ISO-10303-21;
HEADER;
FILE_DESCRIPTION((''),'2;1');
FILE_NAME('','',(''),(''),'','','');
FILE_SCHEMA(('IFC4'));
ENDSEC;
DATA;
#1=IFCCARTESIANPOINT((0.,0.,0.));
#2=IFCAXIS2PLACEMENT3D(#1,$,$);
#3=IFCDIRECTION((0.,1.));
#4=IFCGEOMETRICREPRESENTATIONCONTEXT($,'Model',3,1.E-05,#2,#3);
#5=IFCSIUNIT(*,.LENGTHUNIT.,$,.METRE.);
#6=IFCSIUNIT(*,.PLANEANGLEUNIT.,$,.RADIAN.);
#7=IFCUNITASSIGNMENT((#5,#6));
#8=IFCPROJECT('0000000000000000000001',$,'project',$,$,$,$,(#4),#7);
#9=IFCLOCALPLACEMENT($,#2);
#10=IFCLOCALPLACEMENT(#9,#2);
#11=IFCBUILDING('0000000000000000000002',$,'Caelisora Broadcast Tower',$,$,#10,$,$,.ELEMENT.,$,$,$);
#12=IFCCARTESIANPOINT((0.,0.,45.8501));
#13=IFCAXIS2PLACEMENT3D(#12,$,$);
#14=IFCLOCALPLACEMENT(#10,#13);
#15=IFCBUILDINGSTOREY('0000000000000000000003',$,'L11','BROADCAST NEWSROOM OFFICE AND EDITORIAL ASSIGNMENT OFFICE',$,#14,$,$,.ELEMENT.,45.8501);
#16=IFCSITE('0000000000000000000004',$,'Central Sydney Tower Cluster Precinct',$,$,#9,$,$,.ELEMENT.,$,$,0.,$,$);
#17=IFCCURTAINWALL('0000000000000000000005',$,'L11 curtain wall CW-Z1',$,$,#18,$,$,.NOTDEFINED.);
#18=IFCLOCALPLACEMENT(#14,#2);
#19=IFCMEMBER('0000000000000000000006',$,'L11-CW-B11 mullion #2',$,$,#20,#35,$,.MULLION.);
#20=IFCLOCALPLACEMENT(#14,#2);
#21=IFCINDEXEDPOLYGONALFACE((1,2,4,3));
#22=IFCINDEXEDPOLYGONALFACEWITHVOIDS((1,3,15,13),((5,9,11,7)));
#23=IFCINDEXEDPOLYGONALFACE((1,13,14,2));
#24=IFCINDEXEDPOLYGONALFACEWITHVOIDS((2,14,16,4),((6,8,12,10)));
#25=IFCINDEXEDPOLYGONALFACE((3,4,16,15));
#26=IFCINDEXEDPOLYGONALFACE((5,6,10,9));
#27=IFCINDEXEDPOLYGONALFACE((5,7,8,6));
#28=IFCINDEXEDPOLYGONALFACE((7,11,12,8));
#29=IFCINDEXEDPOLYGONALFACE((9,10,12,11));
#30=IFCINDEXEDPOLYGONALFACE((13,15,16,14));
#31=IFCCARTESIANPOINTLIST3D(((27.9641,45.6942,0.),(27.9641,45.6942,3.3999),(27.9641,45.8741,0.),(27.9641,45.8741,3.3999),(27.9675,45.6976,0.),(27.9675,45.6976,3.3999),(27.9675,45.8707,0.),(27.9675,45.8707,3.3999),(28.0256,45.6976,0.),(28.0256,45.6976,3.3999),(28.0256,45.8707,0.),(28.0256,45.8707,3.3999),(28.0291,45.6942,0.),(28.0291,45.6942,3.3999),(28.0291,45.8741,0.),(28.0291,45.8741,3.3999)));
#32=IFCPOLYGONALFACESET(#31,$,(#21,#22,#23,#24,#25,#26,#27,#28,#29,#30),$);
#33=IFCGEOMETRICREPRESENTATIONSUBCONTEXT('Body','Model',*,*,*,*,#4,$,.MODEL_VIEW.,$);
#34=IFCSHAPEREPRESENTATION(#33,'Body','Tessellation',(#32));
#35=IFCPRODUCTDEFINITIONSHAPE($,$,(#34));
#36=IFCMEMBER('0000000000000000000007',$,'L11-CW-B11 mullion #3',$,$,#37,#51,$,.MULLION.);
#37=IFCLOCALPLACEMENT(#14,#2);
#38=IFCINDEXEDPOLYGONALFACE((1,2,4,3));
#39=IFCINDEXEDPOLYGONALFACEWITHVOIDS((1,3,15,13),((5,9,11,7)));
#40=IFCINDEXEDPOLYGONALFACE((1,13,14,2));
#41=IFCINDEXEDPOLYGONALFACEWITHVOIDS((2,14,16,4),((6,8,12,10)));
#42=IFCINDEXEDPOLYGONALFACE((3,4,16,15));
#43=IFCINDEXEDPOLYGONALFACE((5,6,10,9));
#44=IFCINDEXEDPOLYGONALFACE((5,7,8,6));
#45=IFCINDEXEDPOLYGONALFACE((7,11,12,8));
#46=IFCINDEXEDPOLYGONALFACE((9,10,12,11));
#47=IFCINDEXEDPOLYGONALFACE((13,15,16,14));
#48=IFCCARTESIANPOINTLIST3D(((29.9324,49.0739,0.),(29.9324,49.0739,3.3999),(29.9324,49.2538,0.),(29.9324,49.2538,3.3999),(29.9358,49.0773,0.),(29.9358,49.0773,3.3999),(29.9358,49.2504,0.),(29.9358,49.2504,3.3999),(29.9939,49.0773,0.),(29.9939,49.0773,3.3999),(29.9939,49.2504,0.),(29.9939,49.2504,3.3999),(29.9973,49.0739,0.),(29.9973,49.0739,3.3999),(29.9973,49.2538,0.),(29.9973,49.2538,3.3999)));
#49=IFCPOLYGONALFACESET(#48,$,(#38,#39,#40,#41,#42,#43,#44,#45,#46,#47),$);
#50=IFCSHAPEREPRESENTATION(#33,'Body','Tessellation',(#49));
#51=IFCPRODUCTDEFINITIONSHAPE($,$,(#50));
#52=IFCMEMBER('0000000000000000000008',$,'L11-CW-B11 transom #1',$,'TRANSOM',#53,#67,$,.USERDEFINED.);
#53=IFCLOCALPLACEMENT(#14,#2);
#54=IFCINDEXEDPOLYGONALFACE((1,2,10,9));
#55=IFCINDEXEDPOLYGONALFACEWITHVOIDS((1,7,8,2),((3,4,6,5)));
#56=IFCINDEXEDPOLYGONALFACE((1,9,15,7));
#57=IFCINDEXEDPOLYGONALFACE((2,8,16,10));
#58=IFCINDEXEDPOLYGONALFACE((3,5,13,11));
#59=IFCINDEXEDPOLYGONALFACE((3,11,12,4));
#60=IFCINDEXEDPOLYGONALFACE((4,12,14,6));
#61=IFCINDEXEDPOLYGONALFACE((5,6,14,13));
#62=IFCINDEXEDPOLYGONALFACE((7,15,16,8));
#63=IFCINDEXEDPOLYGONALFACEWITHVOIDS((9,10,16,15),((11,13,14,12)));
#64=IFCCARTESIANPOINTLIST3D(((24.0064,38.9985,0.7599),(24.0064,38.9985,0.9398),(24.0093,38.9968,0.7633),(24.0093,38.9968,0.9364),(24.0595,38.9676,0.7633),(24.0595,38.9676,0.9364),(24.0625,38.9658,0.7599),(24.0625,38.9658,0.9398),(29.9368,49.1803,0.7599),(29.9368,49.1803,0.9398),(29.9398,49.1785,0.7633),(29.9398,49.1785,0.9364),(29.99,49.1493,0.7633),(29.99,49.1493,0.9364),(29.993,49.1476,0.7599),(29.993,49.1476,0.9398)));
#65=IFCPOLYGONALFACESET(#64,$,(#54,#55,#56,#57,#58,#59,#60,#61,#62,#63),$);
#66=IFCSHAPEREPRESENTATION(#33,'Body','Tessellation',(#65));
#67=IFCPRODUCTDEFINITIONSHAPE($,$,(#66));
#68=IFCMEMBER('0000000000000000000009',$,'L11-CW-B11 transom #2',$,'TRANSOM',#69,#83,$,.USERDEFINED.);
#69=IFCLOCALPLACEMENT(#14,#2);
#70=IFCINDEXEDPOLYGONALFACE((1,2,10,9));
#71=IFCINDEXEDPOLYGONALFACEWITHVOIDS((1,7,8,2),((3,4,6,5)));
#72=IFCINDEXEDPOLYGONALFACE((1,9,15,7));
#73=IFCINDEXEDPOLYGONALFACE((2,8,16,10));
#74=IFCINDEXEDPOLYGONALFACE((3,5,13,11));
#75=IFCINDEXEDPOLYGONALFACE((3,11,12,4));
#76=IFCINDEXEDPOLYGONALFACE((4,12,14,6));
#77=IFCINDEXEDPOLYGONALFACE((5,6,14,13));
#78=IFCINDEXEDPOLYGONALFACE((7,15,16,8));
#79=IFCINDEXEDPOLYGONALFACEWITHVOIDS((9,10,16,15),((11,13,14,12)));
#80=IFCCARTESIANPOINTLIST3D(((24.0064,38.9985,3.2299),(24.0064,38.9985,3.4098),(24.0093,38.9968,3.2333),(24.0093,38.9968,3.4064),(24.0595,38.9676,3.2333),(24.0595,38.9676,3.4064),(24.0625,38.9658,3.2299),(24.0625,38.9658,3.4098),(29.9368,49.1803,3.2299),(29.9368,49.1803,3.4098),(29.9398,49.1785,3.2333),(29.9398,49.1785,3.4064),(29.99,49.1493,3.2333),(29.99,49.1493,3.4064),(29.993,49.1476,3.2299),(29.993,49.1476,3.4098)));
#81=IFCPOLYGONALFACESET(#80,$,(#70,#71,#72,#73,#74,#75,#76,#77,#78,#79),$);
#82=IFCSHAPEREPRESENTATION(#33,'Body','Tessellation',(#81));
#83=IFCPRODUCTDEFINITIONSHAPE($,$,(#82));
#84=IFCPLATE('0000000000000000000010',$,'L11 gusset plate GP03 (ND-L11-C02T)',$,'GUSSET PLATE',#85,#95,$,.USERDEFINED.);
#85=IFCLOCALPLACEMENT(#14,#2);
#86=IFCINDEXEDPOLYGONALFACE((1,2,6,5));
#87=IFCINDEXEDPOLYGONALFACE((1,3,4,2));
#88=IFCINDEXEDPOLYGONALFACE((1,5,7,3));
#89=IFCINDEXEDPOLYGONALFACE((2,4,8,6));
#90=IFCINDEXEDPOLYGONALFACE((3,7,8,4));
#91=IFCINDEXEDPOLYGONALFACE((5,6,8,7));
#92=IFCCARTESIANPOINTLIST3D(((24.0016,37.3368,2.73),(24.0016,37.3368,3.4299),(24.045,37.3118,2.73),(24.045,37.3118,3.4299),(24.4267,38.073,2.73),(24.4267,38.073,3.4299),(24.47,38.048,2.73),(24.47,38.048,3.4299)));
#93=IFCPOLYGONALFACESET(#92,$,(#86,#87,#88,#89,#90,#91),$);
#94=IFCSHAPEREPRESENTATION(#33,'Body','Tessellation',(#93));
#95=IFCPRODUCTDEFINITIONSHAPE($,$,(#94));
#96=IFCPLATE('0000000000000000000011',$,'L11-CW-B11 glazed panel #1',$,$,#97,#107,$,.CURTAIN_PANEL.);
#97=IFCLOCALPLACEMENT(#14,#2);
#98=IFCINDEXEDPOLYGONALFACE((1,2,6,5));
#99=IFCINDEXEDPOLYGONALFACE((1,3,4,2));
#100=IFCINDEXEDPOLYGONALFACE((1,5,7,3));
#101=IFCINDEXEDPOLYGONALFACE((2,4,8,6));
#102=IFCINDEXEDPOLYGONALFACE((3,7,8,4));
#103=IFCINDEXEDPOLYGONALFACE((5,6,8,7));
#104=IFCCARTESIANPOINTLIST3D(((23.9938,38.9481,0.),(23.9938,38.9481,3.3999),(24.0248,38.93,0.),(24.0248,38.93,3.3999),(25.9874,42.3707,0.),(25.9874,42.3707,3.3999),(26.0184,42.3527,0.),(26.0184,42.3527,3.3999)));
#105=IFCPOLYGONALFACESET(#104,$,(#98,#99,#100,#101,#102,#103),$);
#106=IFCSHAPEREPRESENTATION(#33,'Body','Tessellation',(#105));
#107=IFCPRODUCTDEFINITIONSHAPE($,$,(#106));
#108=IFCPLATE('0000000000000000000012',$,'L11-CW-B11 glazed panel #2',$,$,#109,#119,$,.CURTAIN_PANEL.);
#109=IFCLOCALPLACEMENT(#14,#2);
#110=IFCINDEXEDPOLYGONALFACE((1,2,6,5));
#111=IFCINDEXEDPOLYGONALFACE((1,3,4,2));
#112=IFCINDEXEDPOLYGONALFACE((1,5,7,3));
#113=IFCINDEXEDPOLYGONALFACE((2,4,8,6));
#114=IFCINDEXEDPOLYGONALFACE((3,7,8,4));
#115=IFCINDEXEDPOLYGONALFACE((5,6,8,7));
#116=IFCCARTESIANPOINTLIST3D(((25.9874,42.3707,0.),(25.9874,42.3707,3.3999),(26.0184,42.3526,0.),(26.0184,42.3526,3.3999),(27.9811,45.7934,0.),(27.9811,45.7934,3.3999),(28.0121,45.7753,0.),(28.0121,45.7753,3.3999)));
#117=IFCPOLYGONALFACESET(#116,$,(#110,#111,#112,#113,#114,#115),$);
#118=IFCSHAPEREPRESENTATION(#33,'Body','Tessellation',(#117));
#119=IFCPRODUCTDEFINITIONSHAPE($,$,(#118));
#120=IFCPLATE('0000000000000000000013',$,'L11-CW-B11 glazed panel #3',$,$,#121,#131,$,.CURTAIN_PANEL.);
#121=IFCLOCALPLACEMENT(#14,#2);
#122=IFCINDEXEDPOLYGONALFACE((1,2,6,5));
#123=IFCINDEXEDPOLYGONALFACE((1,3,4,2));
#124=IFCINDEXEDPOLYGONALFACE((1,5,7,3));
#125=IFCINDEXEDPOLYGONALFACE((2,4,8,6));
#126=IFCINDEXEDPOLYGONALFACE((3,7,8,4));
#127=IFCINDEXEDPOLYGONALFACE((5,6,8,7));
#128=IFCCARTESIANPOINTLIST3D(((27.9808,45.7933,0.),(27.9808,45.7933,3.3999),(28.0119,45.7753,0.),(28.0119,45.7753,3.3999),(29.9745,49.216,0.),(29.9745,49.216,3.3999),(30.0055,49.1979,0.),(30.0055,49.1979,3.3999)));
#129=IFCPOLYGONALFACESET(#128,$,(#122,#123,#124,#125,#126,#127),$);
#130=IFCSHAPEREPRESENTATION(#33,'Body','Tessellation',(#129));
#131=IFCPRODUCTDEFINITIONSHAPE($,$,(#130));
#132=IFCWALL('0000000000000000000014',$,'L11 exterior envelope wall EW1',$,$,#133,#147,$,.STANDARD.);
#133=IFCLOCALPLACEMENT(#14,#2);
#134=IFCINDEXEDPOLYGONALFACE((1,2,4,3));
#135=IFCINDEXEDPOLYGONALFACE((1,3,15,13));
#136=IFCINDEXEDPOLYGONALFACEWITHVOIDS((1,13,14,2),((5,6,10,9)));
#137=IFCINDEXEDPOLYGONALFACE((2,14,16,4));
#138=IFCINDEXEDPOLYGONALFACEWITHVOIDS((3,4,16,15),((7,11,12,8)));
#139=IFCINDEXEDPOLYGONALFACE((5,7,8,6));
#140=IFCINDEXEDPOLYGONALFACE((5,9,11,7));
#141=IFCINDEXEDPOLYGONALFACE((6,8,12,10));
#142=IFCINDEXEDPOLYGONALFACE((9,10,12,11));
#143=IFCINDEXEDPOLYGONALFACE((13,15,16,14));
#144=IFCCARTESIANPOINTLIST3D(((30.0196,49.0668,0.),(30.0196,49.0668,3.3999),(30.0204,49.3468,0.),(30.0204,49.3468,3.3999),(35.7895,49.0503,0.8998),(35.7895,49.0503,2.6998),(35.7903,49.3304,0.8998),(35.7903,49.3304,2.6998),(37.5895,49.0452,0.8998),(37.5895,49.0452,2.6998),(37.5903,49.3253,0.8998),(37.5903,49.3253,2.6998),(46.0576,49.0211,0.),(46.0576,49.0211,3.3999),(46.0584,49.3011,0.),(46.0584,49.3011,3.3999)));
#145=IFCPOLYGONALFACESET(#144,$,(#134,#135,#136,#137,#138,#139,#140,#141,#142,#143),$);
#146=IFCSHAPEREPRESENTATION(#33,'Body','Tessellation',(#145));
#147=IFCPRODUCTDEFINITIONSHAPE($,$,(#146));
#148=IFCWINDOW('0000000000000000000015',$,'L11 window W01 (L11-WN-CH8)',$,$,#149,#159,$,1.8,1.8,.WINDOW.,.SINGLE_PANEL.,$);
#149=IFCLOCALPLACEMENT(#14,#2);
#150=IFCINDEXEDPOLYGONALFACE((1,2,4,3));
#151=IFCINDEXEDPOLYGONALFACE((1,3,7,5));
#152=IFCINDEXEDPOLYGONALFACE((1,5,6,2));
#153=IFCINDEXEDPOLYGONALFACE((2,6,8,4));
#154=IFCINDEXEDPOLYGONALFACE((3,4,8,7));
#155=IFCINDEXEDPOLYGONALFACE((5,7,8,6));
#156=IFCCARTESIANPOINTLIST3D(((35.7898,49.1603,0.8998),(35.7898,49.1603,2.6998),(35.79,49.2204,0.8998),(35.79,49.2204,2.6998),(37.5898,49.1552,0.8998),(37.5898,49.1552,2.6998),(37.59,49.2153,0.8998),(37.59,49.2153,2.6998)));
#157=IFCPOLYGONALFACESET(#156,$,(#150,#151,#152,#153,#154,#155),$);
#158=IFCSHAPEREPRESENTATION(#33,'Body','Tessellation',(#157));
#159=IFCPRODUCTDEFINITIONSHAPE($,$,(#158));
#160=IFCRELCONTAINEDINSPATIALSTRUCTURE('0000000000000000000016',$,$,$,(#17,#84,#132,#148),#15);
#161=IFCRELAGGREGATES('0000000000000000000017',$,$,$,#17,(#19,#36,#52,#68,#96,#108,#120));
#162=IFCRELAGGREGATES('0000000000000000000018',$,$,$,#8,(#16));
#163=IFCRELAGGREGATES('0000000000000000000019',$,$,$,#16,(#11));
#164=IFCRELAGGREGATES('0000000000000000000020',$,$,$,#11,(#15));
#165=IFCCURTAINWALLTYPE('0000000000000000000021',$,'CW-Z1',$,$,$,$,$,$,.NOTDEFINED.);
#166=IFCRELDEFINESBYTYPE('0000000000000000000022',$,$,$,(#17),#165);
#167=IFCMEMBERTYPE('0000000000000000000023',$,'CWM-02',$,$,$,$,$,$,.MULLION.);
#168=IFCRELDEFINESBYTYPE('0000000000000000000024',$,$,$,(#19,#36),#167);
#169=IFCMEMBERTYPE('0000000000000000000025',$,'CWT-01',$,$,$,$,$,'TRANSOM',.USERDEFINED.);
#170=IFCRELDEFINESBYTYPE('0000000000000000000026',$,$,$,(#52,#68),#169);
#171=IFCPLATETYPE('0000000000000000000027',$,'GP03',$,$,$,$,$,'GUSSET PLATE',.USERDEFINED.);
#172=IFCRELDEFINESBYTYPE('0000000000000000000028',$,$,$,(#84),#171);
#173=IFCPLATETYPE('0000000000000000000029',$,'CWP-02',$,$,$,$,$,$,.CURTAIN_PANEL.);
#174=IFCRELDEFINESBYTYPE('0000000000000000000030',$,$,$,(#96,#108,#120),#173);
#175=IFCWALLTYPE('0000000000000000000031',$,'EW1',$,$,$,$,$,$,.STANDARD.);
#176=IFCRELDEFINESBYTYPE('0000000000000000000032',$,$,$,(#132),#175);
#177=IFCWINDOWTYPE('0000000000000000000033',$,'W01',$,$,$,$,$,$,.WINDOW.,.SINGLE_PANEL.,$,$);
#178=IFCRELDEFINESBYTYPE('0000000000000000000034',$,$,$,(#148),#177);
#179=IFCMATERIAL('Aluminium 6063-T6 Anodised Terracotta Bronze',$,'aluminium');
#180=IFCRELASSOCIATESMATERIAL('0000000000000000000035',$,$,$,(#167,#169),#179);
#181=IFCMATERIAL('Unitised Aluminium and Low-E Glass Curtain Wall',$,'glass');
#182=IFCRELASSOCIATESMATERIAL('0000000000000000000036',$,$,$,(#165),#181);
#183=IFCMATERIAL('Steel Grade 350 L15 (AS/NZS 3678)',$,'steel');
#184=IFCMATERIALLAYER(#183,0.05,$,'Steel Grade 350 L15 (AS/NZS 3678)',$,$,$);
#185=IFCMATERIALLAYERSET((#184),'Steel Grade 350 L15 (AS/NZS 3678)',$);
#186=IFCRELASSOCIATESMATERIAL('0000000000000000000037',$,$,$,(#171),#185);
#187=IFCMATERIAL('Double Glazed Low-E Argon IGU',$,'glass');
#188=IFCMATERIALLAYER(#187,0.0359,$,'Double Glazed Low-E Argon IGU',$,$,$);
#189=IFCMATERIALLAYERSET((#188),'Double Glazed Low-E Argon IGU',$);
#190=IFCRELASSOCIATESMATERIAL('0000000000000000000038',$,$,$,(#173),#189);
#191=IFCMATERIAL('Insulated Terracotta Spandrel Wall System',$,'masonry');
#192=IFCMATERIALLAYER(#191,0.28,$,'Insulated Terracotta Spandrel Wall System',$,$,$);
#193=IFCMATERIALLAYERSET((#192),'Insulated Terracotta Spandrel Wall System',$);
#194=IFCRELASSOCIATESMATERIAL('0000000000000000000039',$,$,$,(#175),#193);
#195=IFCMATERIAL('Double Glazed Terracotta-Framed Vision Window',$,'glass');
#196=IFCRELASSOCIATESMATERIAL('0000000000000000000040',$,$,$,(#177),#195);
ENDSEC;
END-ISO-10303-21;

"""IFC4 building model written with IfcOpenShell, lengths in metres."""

from ifc_helpers import new_model, si_unit, direction, frame, frame_2d, origin, origin_2d, place, context, subcontext, project, spatial, rectangle, hollow_rectangle, extrude, source, transform, mapped, material, layer, layer_set, material_profile, profile_set, type_object, type_shapes, element, fill, aggregate, save


model = new_model("IFC4")

# Units and contexts
model_context = context("Model", 3, precision=1e-05, world=origin(), true_north=direction((0.0, 1.0)))
body_context = subcontext(model_context, "Body", "Model", "MODEL_VIEW")
ifc_project = project(units=[si_unit("LENGTHUNIT", "METRE"), si_unit("PLANEANGLEUNIT", "RADIAN")], contexts=[model_context])

# Site, building, storey
site_placement = place(None, origin())
site = spatial("IfcSite", under=ifc_project, at=site_placement, Name="Central Sydney Tower Cluster Precinct", CompositionType="ELEMENT", RefElevation=0.0)
building_placement = place(site_placement, origin())
building = spatial("IfcBuilding", under=site, at=building_placement, Name="Caelisora Broadcast Tower", CompositionType="ELEMENT")
storey_placement = place(building_placement, frame((0.0, 0.0, 45.8501)))
storey = spatial("IfcBuildingStorey", under=building, at=storey_placement, Name="L11", Description="BROADCAST NEWSROOM OFFICE AND EDITORIAL ASSIGNMENT OFFICE", CompositionType="ELEMENT", Elevation=45.8501)

# Shared definitions
ifc_material_1 = material(Name="Steel Grade 350 L15 (AS/NZS 3678)", Category="steel")

# Shared definitions
ifc_material_2 = material(Name="Aluminium 6063-T6 Anodised Terracotta Bronze", Category="aluminium")
ifc_material_profile_1 = material_profile(ifc_material_2, hollow_rectangle(XDim=0.0649, YDim=0.1799, WallThickness=0.0034, at=origin_2d()), Name="Aluminium 6063-T6 Anodised Terracotta Bronze")
ifc_profile_set_1 = profile_set([ifc_material_profile_1], Name="Aluminium 6063-T6 Anodised Terracotta Bronze")
member_type_1 = type_object("IfcMemberType", Name="CWM-02", PredefinedType="MULLION", material=ifc_profile_set_1)
shared_shape_1 = source(origin(), body_context, "Body", "SweptSolid", [
    extrude(hollow_rectangle(XDim=0.0649, YDim=0.1799, WallThickness=0.0034, at=origin_2d()), origin(), (0.0, 0.0, 1.0), 3.3999),
])
type_shapes(member_type_1, [shared_shape_1])

# Curtain wall, members
ifc_material_3 = material(Name="Unitised Aluminium and Low-E Glass Curtain Wall", Category="glass")
curtain_wall_type_1 = type_object("IfcCurtainWallType", Name="CW-Z1", PredefinedType="NOTDEFINED", material=ifc_material_3)
curtain_wall_1_placement = place(storey_placement, origin())
curtain_wall_1 = element("IfcCurtainWall", 1, at=curtain_wall_1_placement, inside=storey, type_object=curtain_wall_type_1, Name="L11 curtain wall CW-Z1", PredefinedType="NOTDEFINED")
member_1_placement = place(storey_placement, frame((27.9966, 45.7842, 0.0), z_axis=(0.0, 0.0, 1.0), x_axis=(1.0, 0.0, 0.0)))
member_1 = element("IfcMember", 2, at=member_1_placement, type_object=member_type_1, Name="L11-CW-B11 mullion #2", PredefinedType="MULLION", context=body_context, shape_type="MappedRepresentation", body=[
    mapped(shared_shape_1, transform((0.0, 0.0, 0.0), scale=1.0)),
])
member_2_placement = place(storey_placement, frame((29.9648, 49.1638, 0.0), z_axis=(0.0, 0.0, 1.0), x_axis=(1.0, 0.0, 0.0)))
member_2 = element("IfcMember", 3, at=member_2_placement, type_object=member_type_1, Name="L11-CW-B11 mullion #3", PredefinedType="MULLION", context=body_context, shape_type="MappedRepresentation", body=[
    mapped(shared_shape_1, transform((0.0, 0.0, 0.0), scale=1.0)),
])
ifc_material_profile_2 = material_profile(ifc_material_2, hollow_rectangle(XDim=0.0649, YDim=0.1799, WallThickness=0.0034, at=origin_2d()), Name="Aluminium 6063-T6 Anodised Terracotta Bronze")
ifc_profile_set_2 = profile_set([ifc_material_profile_2], Name="Aluminium 6063-T6 Anodised Terracotta Bronze")
member_type_2 = type_object("IfcMemberType", Name="CWT-01", ElementType="TRANSOM", PredefinedType="USERDEFINED", material=ifc_profile_set_2)
shared_shape_2 = source(origin(), body_context, "Body", "SweptSolid", [
    extrude(hollow_rectangle(XDim=0.0649, YDim=0.1799, WallThickness=0.0034, at=origin_2d()), origin(), (0.0, 0.0, 1.0), 11.783),
])
type_shapes(member_type_2, [shared_shape_2])
member_3_placement = place(storey_placement, frame((24.0344, 38.9822, 0.8499), z_axis=(0.503309, 0.864106, 0.0), x_axis=(-0.864106, 0.503309, 0.0)))
member_3 = element("IfcMember", 4, at=member_3_placement, type_object=member_type_2, Name="L11-CW-B11 transom #1", ObjectType="TRANSOM", PredefinedType="USERDEFINED", context=body_context, shape_type="MappedRepresentation", body=[
    mapped(shared_shape_2, transform((0.0, 0.0, 0.0), scale=1.0)),
])
member_4_placement = place(storey_placement, frame((24.0344, 38.9822, 3.3198), z_axis=(0.503309, 0.864106, 0.0), x_axis=(-0.864106, 0.503309, 0.0)))
member_4 = element("IfcMember", 5, at=member_4_placement, type_object=member_type_2, Name="L11-CW-B11 transom #2", ObjectType="TRANSOM", PredefinedType="USERDEFINED", context=body_context, shape_type="MappedRepresentation", body=[
    mapped(shared_shape_2, transform((0.0, 0.0, 0.0), scale=1.0)),
])

# Plates
ifc_layer_1 = layer(ifc_material_1, 0.05, Name="Steel Grade 350 L15 (AS/NZS 3678)")
ifc_layer_set_1 = layer_set([ifc_layer_1], Name="Steel Grade 350 L15 (AS/NZS 3678)")
plate_type_1 = type_object("IfcPlateType", Name="GP03", ElementType="GUSSET PLATE", PredefinedType="USERDEFINED", material=ifc_layer_set_1)
shared_shape_3 = source(origin(), body_context, "Body", "SweptSolid", [
    extrude(rectangle(XDim=0.8501, YDim=0.05, at=origin_2d()), origin(), (0.0, 0.0, 1.0), 0.7),
])
type_shapes(plate_type_1, [shared_shape_3])
plate_1_placement = place(storey_placement, frame((24.2358, 37.6924, 2.73), z_axis=(0.0, 0.0, 1.0), x_axis=(-0.5, -0.866025, 0.0)))
element("IfcPlate", 6, at=plate_1_placement, inside=storey, type_object=plate_type_1, Name="L11 gusset plate GP03 (ND-L11-C02T)", ObjectType="GUSSET PLATE", PredefinedType="USERDEFINED", context=body_context, shape_type="MappedRepresentation", body=[
    mapped(shared_shape_3, transform((0.0, 0.0, 0.0), scale=1.0)),
])
ifc_material_4 = material(Name="Double Glazed Low-E Argon IGU", Category="glass")
ifc_layer_2 = layer(ifc_material_4, 0.0359, Name="Double Glazed Low-E Argon IGU")
ifc_layer_set_2 = layer_set([ifc_layer_2], Name="Double Glazed Low-E Argon IGU")
plate_type_2 = type_object("IfcPlateType", Name="CWP-02", PredefinedType="CURTAIN_PANEL", material=ifc_layer_set_2)
shared_shape_4 = source(origin(), body_context, "Body", "SweptSolid", [
    extrude(rectangle(XDim=3.9609, YDim=0.0359, at=origin_2d()), origin(), (0.0, 0.0, 1.0), 3.3999),
])
type_shapes(plate_type_2, [shared_shape_4])
plate_2_placement = place(storey_placement, frame((25.0061, 40.6504, 0.0), z_axis=(0.0, 0.0, 1.0), x_axis=(0.503322, 0.864099, 0.0)))
plate_2 = element("IfcPlate", 7, at=plate_2_placement, type_object=plate_type_2, Name="L11-CW-B11 glazed panel #1", PredefinedType="CURTAIN_PANEL", context=body_context, shape_type="MappedRepresentation", body=[
    mapped(shared_shape_4, transform((0.0, 0.0, 0.0), scale=1.0)),
])
plate_3_placement = place(storey_placement, frame((26.9998, 44.073, 0.0), z_axis=(0.0, 0.0, 1.0), x_axis=(0.503322, 0.864099, 0.0)))
plate_3 = element("IfcPlate", 8, at=plate_3_placement, type_object=plate_type_2, Name="L11-CW-B11 glazed panel #2", PredefinedType="CURTAIN_PANEL", context=body_context, shape_type="MappedRepresentation", body=[
    mapped(shared_shape_4, transform((0.0, 0.0, 0.0), scale=1.0)),
])
plate_4_placement = place(storey_placement, frame((28.9932, 47.4956, 0.0), z_axis=(0.0, 0.0, 1.0), x_axis=(0.503322, 0.864099, 0.0)))
plate_4 = element("IfcPlate", 9, at=plate_4_placement, type_object=plate_type_2, Name="L11-CW-B11 glazed panel #3", PredefinedType="CURTAIN_PANEL", context=body_context, shape_type="MappedRepresentation", body=[
    mapped(shared_shape_4, transform((0.0, 0.0, 0.0), scale=1.0)),
])
aggregate(curtain_wall_1, [member_1, member_2, member_3, member_4, plate_2, plate_3, plate_4])

# Wall, opening, window
ifc_material_5 = material(Name="Insulated Terracotta Spandrel Wall System", Category="masonry")
ifc_layer_3 = layer(ifc_material_5, 0.28, Name="Insulated Terracotta Spandrel Wall System")
ifc_layer_set_3 = layer_set([ifc_layer_3], Name="Insulated Terracotta Spandrel Wall System")
wall_type_1 = type_object("IfcWallType", Name="EW1", PredefinedType="STANDARD", material=ifc_layer_set_3)
wall_1_placement = place(storey_placement, frame((30.02, 49.2068, 0.0), z_axis=(0.0, 0.0, 1.0), x_axis=(0.999996, -0.002847, 0.0)))
wall_1 = element("IfcWall", 10, at=wall_1_placement, inside=storey, type_object=wall_type_1, Name="L11 exterior envelope wall EW1", PredefinedType="STANDARD", context=body_context, shape_type="SweptSolid", body=[
    extrude(rectangle(XDim=16.0381, YDim=0.28, at=frame_2d((8.019, 0.0))), origin(), (0.0, 0.0, 1.0), 3.3999),
])
opening_1_placement = place(wall_1_placement, frame((5.77, 0.0, 0.8999)))
opening_1 = element("IfcOpeningElement", 11, at=opening_1_placement, cuts=wall_1, PredefinedType="OPENING", context=body_context, shape_type="SweptSolid", body=[
    extrude(rectangle(XDim=1.8, YDim=1.8, at=frame_2d((0.8999, 0.8999))), frame((0.0, 0.1521, 0.0), z_axis=(0.0, -1.0, 0.0), x_axis=(1.0, 0.0, 0.0)), (0.0, 0.0, 1.0), 0.304),
])
ifc_material_6 = material(Name="Double Glazed Terracotta-Framed Vision Window", Category="glass")
window_type = type_object("IfcWindowType", Name="W01", PartitioningType="SINGLE_PANEL", PredefinedType="WINDOW", material=ifc_material_6)
window_placement = place(opening_1_placement, origin())
window = element("IfcWindow", 12, at=window_placement, inside=storey, type_object=window_type, Name="L11 window W01 (L11-WN-CH8)", OverallHeight=1.8, OverallWidth=1.8, PartitioningType="SINGLE_PANEL", PredefinedType="WINDOW", context=body_context, shape_type="SweptSolid", body=[
    extrude(rectangle(XDim=1.8, YDim=1.8, at=frame_2d((0.8999, 0.8999))), frame((0.0, 0.03, 0.0), z_axis=(0.0, -1.0, 0.0), x_axis=(1.0, 0.0, 0.0)), (0.0, 0.0, 1.0), 0.0601),
])
fill(opening_1, window)

save(model, "model.ifc")
